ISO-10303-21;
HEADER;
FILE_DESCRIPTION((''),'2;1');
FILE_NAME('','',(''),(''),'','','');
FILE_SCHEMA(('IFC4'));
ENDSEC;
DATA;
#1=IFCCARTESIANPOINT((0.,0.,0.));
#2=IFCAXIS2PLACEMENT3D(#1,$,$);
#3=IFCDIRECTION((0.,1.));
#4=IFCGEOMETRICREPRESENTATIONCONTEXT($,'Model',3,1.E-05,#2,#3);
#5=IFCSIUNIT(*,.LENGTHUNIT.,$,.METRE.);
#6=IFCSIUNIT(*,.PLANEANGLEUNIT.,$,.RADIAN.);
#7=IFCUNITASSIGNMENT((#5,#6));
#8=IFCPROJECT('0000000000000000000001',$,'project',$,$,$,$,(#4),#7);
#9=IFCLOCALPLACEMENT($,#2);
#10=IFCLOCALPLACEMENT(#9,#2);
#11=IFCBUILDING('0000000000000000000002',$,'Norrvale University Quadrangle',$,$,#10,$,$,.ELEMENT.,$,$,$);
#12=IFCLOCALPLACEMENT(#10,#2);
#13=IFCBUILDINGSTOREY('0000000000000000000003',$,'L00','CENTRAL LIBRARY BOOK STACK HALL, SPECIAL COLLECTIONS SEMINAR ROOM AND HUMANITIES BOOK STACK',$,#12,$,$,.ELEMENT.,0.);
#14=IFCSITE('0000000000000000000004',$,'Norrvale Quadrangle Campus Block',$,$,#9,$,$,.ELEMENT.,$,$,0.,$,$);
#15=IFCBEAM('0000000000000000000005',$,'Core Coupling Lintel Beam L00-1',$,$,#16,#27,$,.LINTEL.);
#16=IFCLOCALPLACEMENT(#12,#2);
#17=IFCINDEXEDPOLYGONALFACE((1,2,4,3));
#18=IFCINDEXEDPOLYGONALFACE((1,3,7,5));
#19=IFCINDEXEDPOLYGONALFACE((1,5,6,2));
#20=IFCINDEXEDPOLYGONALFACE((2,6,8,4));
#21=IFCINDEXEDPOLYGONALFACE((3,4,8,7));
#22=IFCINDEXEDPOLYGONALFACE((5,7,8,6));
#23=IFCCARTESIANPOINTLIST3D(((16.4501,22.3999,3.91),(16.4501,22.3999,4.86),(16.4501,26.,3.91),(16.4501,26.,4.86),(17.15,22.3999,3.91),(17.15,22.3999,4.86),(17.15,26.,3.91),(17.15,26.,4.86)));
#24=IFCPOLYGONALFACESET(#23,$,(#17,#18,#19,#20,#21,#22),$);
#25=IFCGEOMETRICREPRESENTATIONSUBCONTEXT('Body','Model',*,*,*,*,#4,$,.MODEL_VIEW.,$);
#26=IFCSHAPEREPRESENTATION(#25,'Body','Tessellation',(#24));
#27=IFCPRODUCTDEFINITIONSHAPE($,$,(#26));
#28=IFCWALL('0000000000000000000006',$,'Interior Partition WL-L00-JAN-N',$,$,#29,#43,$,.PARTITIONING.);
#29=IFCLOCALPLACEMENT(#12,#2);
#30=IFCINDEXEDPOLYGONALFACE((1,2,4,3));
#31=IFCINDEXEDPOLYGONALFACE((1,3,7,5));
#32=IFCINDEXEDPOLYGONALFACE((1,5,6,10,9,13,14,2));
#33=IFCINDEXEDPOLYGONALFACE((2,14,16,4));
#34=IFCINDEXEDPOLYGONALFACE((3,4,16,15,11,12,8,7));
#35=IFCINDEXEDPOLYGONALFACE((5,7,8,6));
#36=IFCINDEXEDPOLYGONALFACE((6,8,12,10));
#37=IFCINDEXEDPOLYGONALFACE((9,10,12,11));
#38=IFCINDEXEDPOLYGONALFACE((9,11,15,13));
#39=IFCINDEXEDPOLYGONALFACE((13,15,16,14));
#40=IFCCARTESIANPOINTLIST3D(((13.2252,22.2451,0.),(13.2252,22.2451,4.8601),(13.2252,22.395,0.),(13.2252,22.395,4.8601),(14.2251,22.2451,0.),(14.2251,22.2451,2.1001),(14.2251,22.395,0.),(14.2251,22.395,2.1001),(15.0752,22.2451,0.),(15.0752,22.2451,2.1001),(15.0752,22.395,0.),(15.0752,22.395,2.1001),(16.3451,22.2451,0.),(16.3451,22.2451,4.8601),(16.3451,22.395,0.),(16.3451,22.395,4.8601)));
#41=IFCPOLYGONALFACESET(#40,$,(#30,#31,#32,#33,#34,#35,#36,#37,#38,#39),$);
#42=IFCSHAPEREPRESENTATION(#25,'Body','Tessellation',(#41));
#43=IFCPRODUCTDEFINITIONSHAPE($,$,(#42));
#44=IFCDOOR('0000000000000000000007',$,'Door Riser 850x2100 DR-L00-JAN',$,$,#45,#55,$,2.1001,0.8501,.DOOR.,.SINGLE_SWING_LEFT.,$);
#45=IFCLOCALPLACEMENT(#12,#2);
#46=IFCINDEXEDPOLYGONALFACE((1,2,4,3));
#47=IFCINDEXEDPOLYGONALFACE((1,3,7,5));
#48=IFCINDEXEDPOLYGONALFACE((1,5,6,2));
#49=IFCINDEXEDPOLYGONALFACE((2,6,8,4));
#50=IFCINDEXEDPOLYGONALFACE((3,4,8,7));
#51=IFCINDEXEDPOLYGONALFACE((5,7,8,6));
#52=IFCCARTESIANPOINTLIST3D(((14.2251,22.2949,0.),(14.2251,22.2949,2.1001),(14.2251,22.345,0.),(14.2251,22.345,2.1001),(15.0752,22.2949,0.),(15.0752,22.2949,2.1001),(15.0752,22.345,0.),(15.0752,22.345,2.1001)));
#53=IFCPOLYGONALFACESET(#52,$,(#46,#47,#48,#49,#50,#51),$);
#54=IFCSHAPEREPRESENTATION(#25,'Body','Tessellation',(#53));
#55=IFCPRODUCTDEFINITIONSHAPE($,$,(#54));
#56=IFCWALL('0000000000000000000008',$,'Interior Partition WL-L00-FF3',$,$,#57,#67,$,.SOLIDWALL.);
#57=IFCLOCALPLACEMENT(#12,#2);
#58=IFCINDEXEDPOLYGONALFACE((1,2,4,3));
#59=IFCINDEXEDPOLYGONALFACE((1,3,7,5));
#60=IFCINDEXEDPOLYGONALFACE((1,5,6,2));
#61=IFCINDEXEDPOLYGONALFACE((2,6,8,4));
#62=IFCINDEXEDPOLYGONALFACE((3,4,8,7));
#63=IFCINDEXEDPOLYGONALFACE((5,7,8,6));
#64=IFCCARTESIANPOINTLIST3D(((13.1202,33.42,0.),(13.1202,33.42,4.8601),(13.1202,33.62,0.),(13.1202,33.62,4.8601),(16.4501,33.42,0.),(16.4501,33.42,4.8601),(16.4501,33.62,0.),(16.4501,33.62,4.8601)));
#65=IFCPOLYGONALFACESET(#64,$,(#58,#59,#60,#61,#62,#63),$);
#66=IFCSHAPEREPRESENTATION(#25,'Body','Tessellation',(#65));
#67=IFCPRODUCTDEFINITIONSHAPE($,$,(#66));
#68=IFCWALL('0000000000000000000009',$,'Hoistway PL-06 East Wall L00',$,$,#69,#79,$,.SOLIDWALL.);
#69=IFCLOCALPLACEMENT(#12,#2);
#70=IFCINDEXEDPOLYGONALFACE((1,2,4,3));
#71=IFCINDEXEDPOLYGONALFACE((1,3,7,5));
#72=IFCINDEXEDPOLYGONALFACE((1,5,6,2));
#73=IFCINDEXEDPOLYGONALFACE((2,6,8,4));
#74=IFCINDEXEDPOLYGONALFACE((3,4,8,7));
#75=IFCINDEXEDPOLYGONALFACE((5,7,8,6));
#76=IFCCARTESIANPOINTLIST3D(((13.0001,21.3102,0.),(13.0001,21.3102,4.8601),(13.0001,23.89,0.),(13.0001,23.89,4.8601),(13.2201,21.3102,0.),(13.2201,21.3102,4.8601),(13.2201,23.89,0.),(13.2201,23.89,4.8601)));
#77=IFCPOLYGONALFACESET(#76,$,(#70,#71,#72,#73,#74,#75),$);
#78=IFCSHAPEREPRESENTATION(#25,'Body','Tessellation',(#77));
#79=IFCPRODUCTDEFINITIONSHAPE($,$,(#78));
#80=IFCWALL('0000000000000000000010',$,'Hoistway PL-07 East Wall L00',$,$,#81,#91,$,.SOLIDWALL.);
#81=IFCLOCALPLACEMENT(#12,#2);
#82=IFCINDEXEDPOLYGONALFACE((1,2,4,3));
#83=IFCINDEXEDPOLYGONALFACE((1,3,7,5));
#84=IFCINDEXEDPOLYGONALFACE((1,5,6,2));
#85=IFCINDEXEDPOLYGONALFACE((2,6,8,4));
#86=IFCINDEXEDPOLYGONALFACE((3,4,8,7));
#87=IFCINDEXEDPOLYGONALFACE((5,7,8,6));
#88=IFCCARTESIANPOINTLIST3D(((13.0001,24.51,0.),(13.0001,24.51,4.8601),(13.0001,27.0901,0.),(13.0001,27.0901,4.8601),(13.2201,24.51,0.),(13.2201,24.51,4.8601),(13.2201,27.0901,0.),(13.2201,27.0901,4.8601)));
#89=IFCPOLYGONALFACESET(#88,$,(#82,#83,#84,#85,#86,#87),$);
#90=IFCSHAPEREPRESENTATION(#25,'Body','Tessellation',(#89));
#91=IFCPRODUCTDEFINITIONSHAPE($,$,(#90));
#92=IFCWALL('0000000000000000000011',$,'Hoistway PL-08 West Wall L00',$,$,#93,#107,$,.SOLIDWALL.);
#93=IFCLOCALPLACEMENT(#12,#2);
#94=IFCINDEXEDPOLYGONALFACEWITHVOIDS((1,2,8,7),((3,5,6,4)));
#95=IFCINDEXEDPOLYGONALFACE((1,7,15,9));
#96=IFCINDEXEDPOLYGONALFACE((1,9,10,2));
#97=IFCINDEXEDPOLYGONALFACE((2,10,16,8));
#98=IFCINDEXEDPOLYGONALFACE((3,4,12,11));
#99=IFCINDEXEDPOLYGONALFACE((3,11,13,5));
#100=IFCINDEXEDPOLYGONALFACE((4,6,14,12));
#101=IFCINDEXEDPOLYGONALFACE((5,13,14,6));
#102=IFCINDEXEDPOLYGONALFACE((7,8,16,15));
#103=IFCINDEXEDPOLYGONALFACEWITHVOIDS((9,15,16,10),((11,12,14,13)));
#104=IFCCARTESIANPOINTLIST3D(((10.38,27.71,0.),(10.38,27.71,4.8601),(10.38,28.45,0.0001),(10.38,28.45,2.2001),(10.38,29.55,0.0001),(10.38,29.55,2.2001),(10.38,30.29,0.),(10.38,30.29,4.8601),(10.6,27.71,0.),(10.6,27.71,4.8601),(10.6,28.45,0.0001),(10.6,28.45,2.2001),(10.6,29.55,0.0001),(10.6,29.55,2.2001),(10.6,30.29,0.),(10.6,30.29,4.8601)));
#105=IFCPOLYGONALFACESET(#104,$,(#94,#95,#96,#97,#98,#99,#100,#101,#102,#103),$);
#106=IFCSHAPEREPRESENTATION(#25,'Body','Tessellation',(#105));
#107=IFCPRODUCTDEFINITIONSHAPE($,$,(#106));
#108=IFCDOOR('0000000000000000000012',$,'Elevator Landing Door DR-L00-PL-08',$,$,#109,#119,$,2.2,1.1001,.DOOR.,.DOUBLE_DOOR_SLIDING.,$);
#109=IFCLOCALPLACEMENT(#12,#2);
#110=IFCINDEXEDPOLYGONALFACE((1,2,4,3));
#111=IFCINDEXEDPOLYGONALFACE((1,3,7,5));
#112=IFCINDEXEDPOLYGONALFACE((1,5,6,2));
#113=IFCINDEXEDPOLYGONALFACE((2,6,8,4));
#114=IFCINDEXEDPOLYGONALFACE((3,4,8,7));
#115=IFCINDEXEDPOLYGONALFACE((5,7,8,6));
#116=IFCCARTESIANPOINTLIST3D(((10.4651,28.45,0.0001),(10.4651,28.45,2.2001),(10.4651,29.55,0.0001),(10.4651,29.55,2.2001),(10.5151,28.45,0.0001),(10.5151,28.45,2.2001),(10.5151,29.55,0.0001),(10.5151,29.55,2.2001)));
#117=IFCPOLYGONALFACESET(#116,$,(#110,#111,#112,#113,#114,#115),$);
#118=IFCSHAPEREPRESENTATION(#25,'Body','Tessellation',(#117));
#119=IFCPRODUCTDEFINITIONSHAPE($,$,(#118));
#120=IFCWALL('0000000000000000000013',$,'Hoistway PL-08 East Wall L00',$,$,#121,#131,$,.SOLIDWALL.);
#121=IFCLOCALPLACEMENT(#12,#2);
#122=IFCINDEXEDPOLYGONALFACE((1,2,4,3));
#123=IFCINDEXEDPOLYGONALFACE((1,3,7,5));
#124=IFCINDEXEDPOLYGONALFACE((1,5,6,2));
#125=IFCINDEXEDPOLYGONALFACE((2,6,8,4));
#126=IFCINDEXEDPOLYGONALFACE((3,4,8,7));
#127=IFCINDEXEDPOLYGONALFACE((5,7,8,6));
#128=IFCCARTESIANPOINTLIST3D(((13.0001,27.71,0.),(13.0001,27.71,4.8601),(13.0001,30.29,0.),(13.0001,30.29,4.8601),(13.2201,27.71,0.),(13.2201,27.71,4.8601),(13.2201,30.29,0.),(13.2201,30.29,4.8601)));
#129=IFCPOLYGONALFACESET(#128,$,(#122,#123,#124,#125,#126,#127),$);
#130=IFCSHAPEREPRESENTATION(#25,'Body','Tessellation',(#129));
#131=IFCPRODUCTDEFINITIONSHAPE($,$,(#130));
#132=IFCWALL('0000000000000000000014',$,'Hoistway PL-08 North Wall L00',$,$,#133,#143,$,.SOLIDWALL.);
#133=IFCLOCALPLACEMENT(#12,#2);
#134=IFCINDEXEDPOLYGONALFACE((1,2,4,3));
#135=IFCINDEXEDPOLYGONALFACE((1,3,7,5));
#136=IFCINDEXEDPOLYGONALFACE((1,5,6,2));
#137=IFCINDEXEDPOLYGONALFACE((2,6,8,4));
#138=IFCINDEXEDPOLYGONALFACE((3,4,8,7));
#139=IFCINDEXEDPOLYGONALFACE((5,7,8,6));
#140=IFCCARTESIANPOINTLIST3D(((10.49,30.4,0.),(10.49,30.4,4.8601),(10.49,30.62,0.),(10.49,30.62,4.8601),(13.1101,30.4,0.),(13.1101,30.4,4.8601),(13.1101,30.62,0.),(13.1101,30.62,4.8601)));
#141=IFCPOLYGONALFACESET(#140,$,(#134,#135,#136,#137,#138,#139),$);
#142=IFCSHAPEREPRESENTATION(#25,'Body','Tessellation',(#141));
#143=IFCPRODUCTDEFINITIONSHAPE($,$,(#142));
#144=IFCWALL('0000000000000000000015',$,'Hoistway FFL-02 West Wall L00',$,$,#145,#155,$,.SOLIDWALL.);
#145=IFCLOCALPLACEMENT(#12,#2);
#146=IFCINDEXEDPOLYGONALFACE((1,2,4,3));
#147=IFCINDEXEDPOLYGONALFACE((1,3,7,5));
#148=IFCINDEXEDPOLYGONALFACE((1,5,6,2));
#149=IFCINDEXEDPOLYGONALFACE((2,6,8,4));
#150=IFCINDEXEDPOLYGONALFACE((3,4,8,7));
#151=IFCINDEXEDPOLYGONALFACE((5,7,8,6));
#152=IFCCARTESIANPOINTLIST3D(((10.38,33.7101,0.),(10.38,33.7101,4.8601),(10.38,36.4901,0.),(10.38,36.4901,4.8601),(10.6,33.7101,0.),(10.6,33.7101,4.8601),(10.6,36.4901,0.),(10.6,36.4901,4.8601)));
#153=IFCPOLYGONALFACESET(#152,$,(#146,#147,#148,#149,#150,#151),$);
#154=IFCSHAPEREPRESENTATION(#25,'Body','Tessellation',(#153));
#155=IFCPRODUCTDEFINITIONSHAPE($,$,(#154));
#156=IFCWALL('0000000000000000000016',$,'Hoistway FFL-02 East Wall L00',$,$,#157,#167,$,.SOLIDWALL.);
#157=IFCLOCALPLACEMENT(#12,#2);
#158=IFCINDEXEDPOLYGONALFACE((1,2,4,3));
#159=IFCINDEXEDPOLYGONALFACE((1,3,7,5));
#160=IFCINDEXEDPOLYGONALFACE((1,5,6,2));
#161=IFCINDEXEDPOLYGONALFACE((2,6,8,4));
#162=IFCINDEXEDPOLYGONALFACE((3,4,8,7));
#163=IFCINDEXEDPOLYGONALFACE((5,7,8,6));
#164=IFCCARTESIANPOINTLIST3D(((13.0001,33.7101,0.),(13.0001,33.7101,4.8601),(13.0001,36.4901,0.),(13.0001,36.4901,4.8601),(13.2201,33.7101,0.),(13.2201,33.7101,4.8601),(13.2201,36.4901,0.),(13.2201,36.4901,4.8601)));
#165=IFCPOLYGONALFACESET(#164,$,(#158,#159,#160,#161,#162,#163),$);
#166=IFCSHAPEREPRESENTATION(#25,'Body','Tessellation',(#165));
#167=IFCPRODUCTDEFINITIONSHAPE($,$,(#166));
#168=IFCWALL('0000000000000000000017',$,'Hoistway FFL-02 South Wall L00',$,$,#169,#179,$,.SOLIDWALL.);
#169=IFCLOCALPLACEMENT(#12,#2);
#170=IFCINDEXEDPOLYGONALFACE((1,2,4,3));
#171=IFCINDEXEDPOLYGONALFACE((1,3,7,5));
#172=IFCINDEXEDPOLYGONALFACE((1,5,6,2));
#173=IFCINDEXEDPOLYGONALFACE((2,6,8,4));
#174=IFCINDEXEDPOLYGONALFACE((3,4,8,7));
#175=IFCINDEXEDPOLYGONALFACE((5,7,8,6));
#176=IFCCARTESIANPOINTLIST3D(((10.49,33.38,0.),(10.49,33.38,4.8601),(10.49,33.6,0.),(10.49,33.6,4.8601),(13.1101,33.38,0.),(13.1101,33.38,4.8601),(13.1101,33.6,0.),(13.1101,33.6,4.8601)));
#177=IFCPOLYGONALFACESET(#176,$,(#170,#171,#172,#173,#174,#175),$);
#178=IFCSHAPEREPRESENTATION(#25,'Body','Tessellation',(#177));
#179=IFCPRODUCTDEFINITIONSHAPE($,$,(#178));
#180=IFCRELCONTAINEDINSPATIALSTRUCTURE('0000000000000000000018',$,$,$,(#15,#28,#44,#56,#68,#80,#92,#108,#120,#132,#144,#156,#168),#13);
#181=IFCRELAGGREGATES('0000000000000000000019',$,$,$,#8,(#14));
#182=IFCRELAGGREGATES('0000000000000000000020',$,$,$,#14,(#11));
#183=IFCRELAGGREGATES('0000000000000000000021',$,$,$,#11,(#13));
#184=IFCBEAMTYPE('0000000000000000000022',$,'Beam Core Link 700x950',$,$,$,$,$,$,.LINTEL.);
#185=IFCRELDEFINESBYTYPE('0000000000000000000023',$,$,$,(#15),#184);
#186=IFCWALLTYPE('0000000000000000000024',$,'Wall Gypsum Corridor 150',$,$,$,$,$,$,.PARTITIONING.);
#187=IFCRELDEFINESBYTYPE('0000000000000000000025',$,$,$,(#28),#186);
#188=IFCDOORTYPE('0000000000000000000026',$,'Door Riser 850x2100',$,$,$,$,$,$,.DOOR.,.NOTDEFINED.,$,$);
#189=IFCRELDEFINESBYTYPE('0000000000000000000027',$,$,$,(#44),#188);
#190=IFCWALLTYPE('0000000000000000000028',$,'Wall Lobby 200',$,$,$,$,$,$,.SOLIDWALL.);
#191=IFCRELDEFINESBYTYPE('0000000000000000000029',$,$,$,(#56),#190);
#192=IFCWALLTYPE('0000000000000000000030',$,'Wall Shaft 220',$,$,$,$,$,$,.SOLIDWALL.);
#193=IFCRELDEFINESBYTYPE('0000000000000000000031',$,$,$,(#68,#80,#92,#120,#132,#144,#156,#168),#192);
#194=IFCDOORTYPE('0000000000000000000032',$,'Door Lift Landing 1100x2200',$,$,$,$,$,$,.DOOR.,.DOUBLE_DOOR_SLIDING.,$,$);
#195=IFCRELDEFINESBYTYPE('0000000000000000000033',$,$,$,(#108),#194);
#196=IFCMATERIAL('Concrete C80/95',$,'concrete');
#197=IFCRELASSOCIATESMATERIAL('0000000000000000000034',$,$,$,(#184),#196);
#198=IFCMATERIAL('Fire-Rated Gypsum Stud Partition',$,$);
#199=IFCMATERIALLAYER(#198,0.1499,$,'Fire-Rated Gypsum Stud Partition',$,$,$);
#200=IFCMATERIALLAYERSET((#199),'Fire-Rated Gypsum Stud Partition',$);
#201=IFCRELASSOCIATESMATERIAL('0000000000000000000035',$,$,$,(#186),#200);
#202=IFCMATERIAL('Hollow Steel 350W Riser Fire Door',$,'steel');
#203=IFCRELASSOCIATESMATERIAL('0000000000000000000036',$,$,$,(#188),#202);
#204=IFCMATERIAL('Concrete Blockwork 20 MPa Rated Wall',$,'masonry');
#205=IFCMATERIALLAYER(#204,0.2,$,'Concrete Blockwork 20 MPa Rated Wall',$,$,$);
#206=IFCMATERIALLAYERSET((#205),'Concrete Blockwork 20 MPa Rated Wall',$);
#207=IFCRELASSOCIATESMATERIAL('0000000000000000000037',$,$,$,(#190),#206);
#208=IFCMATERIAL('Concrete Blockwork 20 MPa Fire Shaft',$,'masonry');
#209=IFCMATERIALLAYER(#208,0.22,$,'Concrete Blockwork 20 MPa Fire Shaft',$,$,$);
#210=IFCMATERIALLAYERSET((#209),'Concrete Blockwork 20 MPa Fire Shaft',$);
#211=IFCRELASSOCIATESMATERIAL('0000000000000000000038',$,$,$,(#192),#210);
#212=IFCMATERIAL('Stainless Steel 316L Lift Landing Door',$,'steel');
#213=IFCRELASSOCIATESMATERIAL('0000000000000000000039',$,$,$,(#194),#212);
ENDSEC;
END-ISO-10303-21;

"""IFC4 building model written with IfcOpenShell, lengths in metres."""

from ifc_helpers import new_model, si_unit, direction, frame, frame_2d, origin, origin_2d, place, context, subcontext, project, spatial, rectangle, extrude, material, layer, layer_set, material_profile, profile_set, type_object, element, fill, save


model = new_model("IFC4")

# Units and contexts
model_context = context("Model", 3, precision=1e-05, world=origin(), true_north=direction((0.0, 1.0)))
body_context = subcontext(model_context, "Body", "Model", "MODEL_VIEW")
ifc_project = project(units=[si_unit("LENGTHUNIT", "METRE"), si_unit("PLANEANGLEUNIT", "RADIAN")], contexts=[model_context])

# Site, building, storey
site_placement = place(None, origin())
site = spatial("IfcSite", under=ifc_project, at=site_placement, Name="Norrvale Quadrangle Campus Block", CompositionType="ELEMENT", RefElevation=0.0)
building_placement = place(site_placement, origin())
building = spatial("IfcBuilding", under=site, at=building_placement, Name="Norrvale University Quadrangle", CompositionType="ELEMENT")
storey_placement = place(building_placement, origin())
storey = spatial("IfcBuildingStorey", under=building, at=storey_placement, Name="L00", Description="CENTRAL LIBRARY BOOK STACK HALL, SPECIAL COLLECTIONS SEMINAR ROOM AND HUMANITIES BOOK STACK", CompositionType="ELEMENT", Elevation=0.0)

# Beam
ifc_material_1 = material(Name="Concrete C80/95", Category="concrete")
ifc_material_profile = material_profile(ifc_material_1, rectangle(XDim=0.7, YDim=0.95, at=origin_2d()), Name="Concrete C80/95")
ifc_profile_set = profile_set([ifc_material_profile], Name="Concrete C80/95")
beam_type = type_object("IfcBeamType", Name="Beam Core Link 700x950", PredefinedType="LINTEL", material=ifc_profile_set)
beam_placement = place(storey_placement, frame((16.8, 22.3999, 4.385), z_axis=(0.0, 1.0, 0.0), x_axis=(-1.0, 0.0, 0.0)))
element("IfcBeam", 1, at=beam_placement, inside=storey, type_object=beam_type, Name="Core Coupling Lintel Beam L00-1", PredefinedType="LINTEL", context=body_context, shape_type="SweptSolid", body=[
    extrude(rectangle(XDim=0.7, YDim=0.95, at=origin_2d()), origin(), (0.0, 0.0, 1.0), 3.6001),
])

# Wall, opening, door
ifc_material_2 = material(Name="Fire-Rated Gypsum Stud Partition")
ifc_layer_1 = layer(ifc_material_2, 0.1499, Name="Fire-Rated Gypsum Stud Partition")
ifc_layer_set_1 = layer_set([ifc_layer_1], Name="Fire-Rated Gypsum Stud Partition")
wall_type_1 = type_object("IfcWallType", Name="Wall Gypsum Corridor 150", PredefinedType="PARTITIONING", material=ifc_layer_set_1)
wall_1_placement = place(storey_placement, frame((13.2251, 22.3201, 0.0), z_axis=(0.0, 0.0, 1.0), x_axis=(1.0, 0.0, 0.0)))
wall_1 = element("IfcWall", 2, at=wall_1_placement, inside=storey, type_object=wall_type_1, Name="Interior Partition WL-L00-JAN-N", PredefinedType="PARTITIONING", context=body_context, shape_type="SweptSolid", body=[
    extrude(rectangle(XDim=3.1199, YDim=0.1499, at=frame_2d((1.5601, 0.0))), origin(), (0.0, 0.0, 1.0), 4.8601),
])
opening_1_placement = place(wall_1_placement, frame((1.0, 0.0, 0.0)))
opening_1 = element("IfcOpeningElement", 3, at=opening_1_placement, cuts=wall_1, PredefinedType="OPENING", context=body_context, shape_type="SweptSolid", body=[
    extrude(rectangle(XDim=0.8501, YDim=2.1001, at=frame_2d((0.425, 1.05))), frame((0.0, 0.0869, 0.0), z_axis=(0.0, -1.0, 0.0), x_axis=(1.0, 0.0, 0.0)), (0.0, 0.0, 1.0), 0.1738),
])
ifc_material_3 = material(Name="Hollow Steel 350W Riser Fire Door", Category="steel")
door_type_1 = type_object("IfcDoorType", Name="Door Riser 850x2100", OperationType="NOTDEFINED", PredefinedType="DOOR", material=ifc_material_3)
door_1_placement = place(opening_1_placement, origin())
door_1 = element("IfcDoor", 4, at=door_1_placement, inside=storey, type_object=door_type_1, Name="Door Riser 850x2100 DR-L00-JAN", OperationType="SINGLE_SWING_LEFT", OverallHeight=2.1001, OverallWidth=0.8501, PredefinedType="DOOR", context=body_context, shape_type="SweptSolid", body=[
    extrude(rectangle(XDim=0.8501, YDim=2.1001, at=frame_2d((0.425, 1.05))), frame((0.0, 0.0249, 0.0), z_axis=(0.0, -1.0, 0.0), x_axis=(1.0, 0.0, 0.0)), (0.0, 0.0, 1.0), 0.05),
])
fill(opening_1, door_1)

# Walls
ifc_material_4 = material(Name="Concrete Blockwork 20 MPa Rated Wall", Category="masonry")
ifc_layer_2 = layer(ifc_material_4, 0.2, Name="Concrete Blockwork 20 MPa Rated Wall")
ifc_layer_set_2 = layer_set([ifc_layer_2], Name="Concrete Blockwork 20 MPa Rated Wall")
wall_type_2 = type_object("IfcWallType", Name="Wall Lobby 200", PredefinedType="SOLIDWALL", material=ifc_layer_set_2)
wall_2_placement = place(storey_placement, frame((13.1201, 33.52, 0.0), z_axis=(0.0, 0.0, 1.0), x_axis=(1.0, 0.0, 0.0)))
element("IfcWall", 5, at=wall_2_placement, inside=storey, type_object=wall_type_2, Name="Interior Partition WL-L00-FF3", PredefinedType="SOLIDWALL", context=body_context, shape_type="SweptSolid", body=[
    extrude(rectangle(XDim=3.3298, YDim=0.2, at=frame_2d((1.665, 0.0))), origin(), (0.0, 0.0, 1.0), 4.8601),
])
ifc_material_5 = material(Name="Concrete Blockwork 20 MPa Fire Shaft", Category="masonry")
ifc_layer_3 = layer(ifc_material_5, 0.22, Name="Concrete Blockwork 20 MPa Fire Shaft")
ifc_layer_set_3 = layer_set([ifc_layer_3], Name="Concrete Blockwork 20 MPa Fire Shaft")
wall_type_3 = type_object("IfcWallType", Name="Wall Shaft 220", PredefinedType="SOLIDWALL", material=ifc_layer_set_3)
wall_3_placement = place(storey_placement, frame((13.1101, 21.3101, 0.0), z_axis=(0.0, 0.0, 1.0), x_axis=(0.0, 1.0, 0.0)))
element("IfcWall", 6, at=wall_3_placement, inside=storey, type_object=wall_type_3, Name="Hoistway PL-06 East Wall L00", PredefinedType="SOLIDWALL", context=body_context, shape_type="SweptSolid", body=[
    extrude(rectangle(XDim=2.5798, YDim=0.22, at=frame_2d((1.29, 0.0))), origin(), (0.0, 0.0, 1.0), 4.8601),
])
wall_4_placement = place(storey_placement, frame((13.1101, 24.51, 0.0), z_axis=(0.0, 0.0, 1.0), x_axis=(0.0, 1.0, 0.0)))
element("IfcWall", 7, at=wall_4_placement, inside=storey, type_object=wall_type_3, Name="Hoistway PL-07 East Wall L00", PredefinedType="SOLIDWALL", context=body_context, shape_type="SweptSolid", body=[
    extrude(rectangle(XDim=2.5801, YDim=0.22, at=frame_2d((1.29, 0.0))), origin(), (0.0, 0.0, 1.0), 4.8601),
])

# Wall, opening, door
wall_5_placement = place(storey_placement, frame((10.49, 27.71, 0.0), z_axis=(0.0, 0.0, 1.0), x_axis=(0.0, 1.0, 0.0)))
wall_5 = element("IfcWall", 8, at=wall_5_placement, inside=storey, type_object=wall_type_3, Name="Hoistway PL-08 West Wall L00", PredefinedType="SOLIDWALL", context=body_context, shape_type="SweptSolid", body=[
    extrude(rectangle(XDim=2.5801, YDim=0.22, at=frame_2d((1.29, 0.0))), origin(), (0.0, 0.0, 1.0), 4.8601),
])
opening_2_placement = place(wall_5_placement, frame((0.74, 0.0, 0.0)))
opening_2 = element("IfcOpeningElement", 9, at=opening_2_placement, cuts=wall_5, PredefinedType="OPENING", context=body_context, shape_type="SweptSolid", body=[
    extrude(rectangle(XDim=1.1001, YDim=2.2, at=frame_2d((0.55, 1.1001))), frame((0.0, 0.1221, 0.0), z_axis=(0.0, -1.0, 0.0), x_axis=(1.0, 0.0, 0.0)), (0.0, 0.0, 1.0), 0.2439),
])
ifc_material_6 = material(Name="Stainless Steel 316L Lift Landing Door", Category="steel")
door_type_2 = type_object("IfcDoorType", Name="Door Lift Landing 1100x2200", OperationType="DOUBLE_DOOR_SLIDING", PredefinedType="DOOR", material=ifc_material_6)
door_2_placement = place(opening_2_placement, origin())
door_2 = element("IfcDoor", 10, at=door_2_placement, inside=storey, type_object=door_type_2, Name="Elevator Landing Door DR-L00-PL-08", OperationType="DOUBLE_DOOR_SLIDING", OverallHeight=2.2, OverallWidth=1.1001, PredefinedType="DOOR", context=body_context, shape_type="SweptSolid", body=[
    extrude(rectangle(XDim=1.1001, YDim=2.2, at=frame_2d((0.55, 1.1001))), frame((0.0, 0.0249, 0.0), z_axis=(0.0, -1.0, 0.0), x_axis=(1.0, 0.0, 0.0)), (0.0, 0.0, 1.0), 0.05),
])
fill(opening_2, door_2)

# Walls
wall_6_placement = place(storey_placement, frame((13.1101, 27.71, 0.0), z_axis=(0.0, 0.0, 1.0), x_axis=(0.0, 1.0, 0.0)))
element("IfcWall", 11, at=wall_6_placement, inside=storey, type_object=wall_type_3, Name="Hoistway PL-08 East Wall L00", PredefinedType="SOLIDWALL", context=body_context, shape_type="SweptSolid", body=[
    extrude(rectangle(XDim=2.5801, YDim=0.22, at=frame_2d((1.29, 0.0))), origin(), (0.0, 0.0, 1.0), 4.8601),
])
wall_7_placement = place(storey_placement, frame((10.49, 30.51, 0.0), z_axis=(0.0, 0.0, 1.0), x_axis=(1.0, 0.0, 0.0)))
element("IfcWall", 12, at=wall_7_placement, inside=storey, type_object=wall_type_3, Name="Hoistway PL-08 North Wall L00", PredefinedType="SOLIDWALL", context=body_context, shape_type="SweptSolid", body=[
    extrude(rectangle(XDim=2.6201, YDim=0.22, at=frame_2d((1.3101, 0.0))), origin(), (0.0, 0.0, 1.0), 4.8601),
])
for number, where, z_axis, x_axis, name in (
    (13, (10.49, 33.71, 0.0), (0.0, 0.0, 1.0), (0.0, 1.0, 0.0), "Hoistway FFL-02 West Wall L00"),
    (14, (13.1101, 33.71, 0.0), (0.0, 0.0, 1.0), (0.0, 1.0, 0.0), "Hoistway FFL-02 East Wall L00"),
):
    element("IfcWall", number, at=place(storey_placement, frame(where, z_axis=z_axis, x_axis=x_axis)), inside=storey, type_object=wall_type_3, Name=name, PredefinedType="SOLIDWALL", context=body_context, shape_type="SweptSolid", body=[
        extrude(rectangle(XDim=2.78, YDim=0.22, at=frame_2d((1.3901, 0.0))), origin(), (0.0, 0.0, 1.0), 4.8601),
    ])
wall_8_placement = place(storey_placement, frame((10.49, 33.49, 0.0), z_axis=(0.0, 0.0, 1.0), x_axis=(1.0, 0.0, 0.0)))
element("IfcWall", 15, at=wall_8_placement, inside=storey, type_object=wall_type_3, Name="Hoistway FFL-02 South Wall L00", PredefinedType="SOLIDWALL", context=body_context, shape_type="SweptSolid", body=[
    extrude(rectangle(XDim=2.6201, YDim=0.22, at=frame_2d((1.3101, 0.0))), origin(), (0.0, 0.0, 1.0), 4.8601),
])

save(model, "model.ifc")
